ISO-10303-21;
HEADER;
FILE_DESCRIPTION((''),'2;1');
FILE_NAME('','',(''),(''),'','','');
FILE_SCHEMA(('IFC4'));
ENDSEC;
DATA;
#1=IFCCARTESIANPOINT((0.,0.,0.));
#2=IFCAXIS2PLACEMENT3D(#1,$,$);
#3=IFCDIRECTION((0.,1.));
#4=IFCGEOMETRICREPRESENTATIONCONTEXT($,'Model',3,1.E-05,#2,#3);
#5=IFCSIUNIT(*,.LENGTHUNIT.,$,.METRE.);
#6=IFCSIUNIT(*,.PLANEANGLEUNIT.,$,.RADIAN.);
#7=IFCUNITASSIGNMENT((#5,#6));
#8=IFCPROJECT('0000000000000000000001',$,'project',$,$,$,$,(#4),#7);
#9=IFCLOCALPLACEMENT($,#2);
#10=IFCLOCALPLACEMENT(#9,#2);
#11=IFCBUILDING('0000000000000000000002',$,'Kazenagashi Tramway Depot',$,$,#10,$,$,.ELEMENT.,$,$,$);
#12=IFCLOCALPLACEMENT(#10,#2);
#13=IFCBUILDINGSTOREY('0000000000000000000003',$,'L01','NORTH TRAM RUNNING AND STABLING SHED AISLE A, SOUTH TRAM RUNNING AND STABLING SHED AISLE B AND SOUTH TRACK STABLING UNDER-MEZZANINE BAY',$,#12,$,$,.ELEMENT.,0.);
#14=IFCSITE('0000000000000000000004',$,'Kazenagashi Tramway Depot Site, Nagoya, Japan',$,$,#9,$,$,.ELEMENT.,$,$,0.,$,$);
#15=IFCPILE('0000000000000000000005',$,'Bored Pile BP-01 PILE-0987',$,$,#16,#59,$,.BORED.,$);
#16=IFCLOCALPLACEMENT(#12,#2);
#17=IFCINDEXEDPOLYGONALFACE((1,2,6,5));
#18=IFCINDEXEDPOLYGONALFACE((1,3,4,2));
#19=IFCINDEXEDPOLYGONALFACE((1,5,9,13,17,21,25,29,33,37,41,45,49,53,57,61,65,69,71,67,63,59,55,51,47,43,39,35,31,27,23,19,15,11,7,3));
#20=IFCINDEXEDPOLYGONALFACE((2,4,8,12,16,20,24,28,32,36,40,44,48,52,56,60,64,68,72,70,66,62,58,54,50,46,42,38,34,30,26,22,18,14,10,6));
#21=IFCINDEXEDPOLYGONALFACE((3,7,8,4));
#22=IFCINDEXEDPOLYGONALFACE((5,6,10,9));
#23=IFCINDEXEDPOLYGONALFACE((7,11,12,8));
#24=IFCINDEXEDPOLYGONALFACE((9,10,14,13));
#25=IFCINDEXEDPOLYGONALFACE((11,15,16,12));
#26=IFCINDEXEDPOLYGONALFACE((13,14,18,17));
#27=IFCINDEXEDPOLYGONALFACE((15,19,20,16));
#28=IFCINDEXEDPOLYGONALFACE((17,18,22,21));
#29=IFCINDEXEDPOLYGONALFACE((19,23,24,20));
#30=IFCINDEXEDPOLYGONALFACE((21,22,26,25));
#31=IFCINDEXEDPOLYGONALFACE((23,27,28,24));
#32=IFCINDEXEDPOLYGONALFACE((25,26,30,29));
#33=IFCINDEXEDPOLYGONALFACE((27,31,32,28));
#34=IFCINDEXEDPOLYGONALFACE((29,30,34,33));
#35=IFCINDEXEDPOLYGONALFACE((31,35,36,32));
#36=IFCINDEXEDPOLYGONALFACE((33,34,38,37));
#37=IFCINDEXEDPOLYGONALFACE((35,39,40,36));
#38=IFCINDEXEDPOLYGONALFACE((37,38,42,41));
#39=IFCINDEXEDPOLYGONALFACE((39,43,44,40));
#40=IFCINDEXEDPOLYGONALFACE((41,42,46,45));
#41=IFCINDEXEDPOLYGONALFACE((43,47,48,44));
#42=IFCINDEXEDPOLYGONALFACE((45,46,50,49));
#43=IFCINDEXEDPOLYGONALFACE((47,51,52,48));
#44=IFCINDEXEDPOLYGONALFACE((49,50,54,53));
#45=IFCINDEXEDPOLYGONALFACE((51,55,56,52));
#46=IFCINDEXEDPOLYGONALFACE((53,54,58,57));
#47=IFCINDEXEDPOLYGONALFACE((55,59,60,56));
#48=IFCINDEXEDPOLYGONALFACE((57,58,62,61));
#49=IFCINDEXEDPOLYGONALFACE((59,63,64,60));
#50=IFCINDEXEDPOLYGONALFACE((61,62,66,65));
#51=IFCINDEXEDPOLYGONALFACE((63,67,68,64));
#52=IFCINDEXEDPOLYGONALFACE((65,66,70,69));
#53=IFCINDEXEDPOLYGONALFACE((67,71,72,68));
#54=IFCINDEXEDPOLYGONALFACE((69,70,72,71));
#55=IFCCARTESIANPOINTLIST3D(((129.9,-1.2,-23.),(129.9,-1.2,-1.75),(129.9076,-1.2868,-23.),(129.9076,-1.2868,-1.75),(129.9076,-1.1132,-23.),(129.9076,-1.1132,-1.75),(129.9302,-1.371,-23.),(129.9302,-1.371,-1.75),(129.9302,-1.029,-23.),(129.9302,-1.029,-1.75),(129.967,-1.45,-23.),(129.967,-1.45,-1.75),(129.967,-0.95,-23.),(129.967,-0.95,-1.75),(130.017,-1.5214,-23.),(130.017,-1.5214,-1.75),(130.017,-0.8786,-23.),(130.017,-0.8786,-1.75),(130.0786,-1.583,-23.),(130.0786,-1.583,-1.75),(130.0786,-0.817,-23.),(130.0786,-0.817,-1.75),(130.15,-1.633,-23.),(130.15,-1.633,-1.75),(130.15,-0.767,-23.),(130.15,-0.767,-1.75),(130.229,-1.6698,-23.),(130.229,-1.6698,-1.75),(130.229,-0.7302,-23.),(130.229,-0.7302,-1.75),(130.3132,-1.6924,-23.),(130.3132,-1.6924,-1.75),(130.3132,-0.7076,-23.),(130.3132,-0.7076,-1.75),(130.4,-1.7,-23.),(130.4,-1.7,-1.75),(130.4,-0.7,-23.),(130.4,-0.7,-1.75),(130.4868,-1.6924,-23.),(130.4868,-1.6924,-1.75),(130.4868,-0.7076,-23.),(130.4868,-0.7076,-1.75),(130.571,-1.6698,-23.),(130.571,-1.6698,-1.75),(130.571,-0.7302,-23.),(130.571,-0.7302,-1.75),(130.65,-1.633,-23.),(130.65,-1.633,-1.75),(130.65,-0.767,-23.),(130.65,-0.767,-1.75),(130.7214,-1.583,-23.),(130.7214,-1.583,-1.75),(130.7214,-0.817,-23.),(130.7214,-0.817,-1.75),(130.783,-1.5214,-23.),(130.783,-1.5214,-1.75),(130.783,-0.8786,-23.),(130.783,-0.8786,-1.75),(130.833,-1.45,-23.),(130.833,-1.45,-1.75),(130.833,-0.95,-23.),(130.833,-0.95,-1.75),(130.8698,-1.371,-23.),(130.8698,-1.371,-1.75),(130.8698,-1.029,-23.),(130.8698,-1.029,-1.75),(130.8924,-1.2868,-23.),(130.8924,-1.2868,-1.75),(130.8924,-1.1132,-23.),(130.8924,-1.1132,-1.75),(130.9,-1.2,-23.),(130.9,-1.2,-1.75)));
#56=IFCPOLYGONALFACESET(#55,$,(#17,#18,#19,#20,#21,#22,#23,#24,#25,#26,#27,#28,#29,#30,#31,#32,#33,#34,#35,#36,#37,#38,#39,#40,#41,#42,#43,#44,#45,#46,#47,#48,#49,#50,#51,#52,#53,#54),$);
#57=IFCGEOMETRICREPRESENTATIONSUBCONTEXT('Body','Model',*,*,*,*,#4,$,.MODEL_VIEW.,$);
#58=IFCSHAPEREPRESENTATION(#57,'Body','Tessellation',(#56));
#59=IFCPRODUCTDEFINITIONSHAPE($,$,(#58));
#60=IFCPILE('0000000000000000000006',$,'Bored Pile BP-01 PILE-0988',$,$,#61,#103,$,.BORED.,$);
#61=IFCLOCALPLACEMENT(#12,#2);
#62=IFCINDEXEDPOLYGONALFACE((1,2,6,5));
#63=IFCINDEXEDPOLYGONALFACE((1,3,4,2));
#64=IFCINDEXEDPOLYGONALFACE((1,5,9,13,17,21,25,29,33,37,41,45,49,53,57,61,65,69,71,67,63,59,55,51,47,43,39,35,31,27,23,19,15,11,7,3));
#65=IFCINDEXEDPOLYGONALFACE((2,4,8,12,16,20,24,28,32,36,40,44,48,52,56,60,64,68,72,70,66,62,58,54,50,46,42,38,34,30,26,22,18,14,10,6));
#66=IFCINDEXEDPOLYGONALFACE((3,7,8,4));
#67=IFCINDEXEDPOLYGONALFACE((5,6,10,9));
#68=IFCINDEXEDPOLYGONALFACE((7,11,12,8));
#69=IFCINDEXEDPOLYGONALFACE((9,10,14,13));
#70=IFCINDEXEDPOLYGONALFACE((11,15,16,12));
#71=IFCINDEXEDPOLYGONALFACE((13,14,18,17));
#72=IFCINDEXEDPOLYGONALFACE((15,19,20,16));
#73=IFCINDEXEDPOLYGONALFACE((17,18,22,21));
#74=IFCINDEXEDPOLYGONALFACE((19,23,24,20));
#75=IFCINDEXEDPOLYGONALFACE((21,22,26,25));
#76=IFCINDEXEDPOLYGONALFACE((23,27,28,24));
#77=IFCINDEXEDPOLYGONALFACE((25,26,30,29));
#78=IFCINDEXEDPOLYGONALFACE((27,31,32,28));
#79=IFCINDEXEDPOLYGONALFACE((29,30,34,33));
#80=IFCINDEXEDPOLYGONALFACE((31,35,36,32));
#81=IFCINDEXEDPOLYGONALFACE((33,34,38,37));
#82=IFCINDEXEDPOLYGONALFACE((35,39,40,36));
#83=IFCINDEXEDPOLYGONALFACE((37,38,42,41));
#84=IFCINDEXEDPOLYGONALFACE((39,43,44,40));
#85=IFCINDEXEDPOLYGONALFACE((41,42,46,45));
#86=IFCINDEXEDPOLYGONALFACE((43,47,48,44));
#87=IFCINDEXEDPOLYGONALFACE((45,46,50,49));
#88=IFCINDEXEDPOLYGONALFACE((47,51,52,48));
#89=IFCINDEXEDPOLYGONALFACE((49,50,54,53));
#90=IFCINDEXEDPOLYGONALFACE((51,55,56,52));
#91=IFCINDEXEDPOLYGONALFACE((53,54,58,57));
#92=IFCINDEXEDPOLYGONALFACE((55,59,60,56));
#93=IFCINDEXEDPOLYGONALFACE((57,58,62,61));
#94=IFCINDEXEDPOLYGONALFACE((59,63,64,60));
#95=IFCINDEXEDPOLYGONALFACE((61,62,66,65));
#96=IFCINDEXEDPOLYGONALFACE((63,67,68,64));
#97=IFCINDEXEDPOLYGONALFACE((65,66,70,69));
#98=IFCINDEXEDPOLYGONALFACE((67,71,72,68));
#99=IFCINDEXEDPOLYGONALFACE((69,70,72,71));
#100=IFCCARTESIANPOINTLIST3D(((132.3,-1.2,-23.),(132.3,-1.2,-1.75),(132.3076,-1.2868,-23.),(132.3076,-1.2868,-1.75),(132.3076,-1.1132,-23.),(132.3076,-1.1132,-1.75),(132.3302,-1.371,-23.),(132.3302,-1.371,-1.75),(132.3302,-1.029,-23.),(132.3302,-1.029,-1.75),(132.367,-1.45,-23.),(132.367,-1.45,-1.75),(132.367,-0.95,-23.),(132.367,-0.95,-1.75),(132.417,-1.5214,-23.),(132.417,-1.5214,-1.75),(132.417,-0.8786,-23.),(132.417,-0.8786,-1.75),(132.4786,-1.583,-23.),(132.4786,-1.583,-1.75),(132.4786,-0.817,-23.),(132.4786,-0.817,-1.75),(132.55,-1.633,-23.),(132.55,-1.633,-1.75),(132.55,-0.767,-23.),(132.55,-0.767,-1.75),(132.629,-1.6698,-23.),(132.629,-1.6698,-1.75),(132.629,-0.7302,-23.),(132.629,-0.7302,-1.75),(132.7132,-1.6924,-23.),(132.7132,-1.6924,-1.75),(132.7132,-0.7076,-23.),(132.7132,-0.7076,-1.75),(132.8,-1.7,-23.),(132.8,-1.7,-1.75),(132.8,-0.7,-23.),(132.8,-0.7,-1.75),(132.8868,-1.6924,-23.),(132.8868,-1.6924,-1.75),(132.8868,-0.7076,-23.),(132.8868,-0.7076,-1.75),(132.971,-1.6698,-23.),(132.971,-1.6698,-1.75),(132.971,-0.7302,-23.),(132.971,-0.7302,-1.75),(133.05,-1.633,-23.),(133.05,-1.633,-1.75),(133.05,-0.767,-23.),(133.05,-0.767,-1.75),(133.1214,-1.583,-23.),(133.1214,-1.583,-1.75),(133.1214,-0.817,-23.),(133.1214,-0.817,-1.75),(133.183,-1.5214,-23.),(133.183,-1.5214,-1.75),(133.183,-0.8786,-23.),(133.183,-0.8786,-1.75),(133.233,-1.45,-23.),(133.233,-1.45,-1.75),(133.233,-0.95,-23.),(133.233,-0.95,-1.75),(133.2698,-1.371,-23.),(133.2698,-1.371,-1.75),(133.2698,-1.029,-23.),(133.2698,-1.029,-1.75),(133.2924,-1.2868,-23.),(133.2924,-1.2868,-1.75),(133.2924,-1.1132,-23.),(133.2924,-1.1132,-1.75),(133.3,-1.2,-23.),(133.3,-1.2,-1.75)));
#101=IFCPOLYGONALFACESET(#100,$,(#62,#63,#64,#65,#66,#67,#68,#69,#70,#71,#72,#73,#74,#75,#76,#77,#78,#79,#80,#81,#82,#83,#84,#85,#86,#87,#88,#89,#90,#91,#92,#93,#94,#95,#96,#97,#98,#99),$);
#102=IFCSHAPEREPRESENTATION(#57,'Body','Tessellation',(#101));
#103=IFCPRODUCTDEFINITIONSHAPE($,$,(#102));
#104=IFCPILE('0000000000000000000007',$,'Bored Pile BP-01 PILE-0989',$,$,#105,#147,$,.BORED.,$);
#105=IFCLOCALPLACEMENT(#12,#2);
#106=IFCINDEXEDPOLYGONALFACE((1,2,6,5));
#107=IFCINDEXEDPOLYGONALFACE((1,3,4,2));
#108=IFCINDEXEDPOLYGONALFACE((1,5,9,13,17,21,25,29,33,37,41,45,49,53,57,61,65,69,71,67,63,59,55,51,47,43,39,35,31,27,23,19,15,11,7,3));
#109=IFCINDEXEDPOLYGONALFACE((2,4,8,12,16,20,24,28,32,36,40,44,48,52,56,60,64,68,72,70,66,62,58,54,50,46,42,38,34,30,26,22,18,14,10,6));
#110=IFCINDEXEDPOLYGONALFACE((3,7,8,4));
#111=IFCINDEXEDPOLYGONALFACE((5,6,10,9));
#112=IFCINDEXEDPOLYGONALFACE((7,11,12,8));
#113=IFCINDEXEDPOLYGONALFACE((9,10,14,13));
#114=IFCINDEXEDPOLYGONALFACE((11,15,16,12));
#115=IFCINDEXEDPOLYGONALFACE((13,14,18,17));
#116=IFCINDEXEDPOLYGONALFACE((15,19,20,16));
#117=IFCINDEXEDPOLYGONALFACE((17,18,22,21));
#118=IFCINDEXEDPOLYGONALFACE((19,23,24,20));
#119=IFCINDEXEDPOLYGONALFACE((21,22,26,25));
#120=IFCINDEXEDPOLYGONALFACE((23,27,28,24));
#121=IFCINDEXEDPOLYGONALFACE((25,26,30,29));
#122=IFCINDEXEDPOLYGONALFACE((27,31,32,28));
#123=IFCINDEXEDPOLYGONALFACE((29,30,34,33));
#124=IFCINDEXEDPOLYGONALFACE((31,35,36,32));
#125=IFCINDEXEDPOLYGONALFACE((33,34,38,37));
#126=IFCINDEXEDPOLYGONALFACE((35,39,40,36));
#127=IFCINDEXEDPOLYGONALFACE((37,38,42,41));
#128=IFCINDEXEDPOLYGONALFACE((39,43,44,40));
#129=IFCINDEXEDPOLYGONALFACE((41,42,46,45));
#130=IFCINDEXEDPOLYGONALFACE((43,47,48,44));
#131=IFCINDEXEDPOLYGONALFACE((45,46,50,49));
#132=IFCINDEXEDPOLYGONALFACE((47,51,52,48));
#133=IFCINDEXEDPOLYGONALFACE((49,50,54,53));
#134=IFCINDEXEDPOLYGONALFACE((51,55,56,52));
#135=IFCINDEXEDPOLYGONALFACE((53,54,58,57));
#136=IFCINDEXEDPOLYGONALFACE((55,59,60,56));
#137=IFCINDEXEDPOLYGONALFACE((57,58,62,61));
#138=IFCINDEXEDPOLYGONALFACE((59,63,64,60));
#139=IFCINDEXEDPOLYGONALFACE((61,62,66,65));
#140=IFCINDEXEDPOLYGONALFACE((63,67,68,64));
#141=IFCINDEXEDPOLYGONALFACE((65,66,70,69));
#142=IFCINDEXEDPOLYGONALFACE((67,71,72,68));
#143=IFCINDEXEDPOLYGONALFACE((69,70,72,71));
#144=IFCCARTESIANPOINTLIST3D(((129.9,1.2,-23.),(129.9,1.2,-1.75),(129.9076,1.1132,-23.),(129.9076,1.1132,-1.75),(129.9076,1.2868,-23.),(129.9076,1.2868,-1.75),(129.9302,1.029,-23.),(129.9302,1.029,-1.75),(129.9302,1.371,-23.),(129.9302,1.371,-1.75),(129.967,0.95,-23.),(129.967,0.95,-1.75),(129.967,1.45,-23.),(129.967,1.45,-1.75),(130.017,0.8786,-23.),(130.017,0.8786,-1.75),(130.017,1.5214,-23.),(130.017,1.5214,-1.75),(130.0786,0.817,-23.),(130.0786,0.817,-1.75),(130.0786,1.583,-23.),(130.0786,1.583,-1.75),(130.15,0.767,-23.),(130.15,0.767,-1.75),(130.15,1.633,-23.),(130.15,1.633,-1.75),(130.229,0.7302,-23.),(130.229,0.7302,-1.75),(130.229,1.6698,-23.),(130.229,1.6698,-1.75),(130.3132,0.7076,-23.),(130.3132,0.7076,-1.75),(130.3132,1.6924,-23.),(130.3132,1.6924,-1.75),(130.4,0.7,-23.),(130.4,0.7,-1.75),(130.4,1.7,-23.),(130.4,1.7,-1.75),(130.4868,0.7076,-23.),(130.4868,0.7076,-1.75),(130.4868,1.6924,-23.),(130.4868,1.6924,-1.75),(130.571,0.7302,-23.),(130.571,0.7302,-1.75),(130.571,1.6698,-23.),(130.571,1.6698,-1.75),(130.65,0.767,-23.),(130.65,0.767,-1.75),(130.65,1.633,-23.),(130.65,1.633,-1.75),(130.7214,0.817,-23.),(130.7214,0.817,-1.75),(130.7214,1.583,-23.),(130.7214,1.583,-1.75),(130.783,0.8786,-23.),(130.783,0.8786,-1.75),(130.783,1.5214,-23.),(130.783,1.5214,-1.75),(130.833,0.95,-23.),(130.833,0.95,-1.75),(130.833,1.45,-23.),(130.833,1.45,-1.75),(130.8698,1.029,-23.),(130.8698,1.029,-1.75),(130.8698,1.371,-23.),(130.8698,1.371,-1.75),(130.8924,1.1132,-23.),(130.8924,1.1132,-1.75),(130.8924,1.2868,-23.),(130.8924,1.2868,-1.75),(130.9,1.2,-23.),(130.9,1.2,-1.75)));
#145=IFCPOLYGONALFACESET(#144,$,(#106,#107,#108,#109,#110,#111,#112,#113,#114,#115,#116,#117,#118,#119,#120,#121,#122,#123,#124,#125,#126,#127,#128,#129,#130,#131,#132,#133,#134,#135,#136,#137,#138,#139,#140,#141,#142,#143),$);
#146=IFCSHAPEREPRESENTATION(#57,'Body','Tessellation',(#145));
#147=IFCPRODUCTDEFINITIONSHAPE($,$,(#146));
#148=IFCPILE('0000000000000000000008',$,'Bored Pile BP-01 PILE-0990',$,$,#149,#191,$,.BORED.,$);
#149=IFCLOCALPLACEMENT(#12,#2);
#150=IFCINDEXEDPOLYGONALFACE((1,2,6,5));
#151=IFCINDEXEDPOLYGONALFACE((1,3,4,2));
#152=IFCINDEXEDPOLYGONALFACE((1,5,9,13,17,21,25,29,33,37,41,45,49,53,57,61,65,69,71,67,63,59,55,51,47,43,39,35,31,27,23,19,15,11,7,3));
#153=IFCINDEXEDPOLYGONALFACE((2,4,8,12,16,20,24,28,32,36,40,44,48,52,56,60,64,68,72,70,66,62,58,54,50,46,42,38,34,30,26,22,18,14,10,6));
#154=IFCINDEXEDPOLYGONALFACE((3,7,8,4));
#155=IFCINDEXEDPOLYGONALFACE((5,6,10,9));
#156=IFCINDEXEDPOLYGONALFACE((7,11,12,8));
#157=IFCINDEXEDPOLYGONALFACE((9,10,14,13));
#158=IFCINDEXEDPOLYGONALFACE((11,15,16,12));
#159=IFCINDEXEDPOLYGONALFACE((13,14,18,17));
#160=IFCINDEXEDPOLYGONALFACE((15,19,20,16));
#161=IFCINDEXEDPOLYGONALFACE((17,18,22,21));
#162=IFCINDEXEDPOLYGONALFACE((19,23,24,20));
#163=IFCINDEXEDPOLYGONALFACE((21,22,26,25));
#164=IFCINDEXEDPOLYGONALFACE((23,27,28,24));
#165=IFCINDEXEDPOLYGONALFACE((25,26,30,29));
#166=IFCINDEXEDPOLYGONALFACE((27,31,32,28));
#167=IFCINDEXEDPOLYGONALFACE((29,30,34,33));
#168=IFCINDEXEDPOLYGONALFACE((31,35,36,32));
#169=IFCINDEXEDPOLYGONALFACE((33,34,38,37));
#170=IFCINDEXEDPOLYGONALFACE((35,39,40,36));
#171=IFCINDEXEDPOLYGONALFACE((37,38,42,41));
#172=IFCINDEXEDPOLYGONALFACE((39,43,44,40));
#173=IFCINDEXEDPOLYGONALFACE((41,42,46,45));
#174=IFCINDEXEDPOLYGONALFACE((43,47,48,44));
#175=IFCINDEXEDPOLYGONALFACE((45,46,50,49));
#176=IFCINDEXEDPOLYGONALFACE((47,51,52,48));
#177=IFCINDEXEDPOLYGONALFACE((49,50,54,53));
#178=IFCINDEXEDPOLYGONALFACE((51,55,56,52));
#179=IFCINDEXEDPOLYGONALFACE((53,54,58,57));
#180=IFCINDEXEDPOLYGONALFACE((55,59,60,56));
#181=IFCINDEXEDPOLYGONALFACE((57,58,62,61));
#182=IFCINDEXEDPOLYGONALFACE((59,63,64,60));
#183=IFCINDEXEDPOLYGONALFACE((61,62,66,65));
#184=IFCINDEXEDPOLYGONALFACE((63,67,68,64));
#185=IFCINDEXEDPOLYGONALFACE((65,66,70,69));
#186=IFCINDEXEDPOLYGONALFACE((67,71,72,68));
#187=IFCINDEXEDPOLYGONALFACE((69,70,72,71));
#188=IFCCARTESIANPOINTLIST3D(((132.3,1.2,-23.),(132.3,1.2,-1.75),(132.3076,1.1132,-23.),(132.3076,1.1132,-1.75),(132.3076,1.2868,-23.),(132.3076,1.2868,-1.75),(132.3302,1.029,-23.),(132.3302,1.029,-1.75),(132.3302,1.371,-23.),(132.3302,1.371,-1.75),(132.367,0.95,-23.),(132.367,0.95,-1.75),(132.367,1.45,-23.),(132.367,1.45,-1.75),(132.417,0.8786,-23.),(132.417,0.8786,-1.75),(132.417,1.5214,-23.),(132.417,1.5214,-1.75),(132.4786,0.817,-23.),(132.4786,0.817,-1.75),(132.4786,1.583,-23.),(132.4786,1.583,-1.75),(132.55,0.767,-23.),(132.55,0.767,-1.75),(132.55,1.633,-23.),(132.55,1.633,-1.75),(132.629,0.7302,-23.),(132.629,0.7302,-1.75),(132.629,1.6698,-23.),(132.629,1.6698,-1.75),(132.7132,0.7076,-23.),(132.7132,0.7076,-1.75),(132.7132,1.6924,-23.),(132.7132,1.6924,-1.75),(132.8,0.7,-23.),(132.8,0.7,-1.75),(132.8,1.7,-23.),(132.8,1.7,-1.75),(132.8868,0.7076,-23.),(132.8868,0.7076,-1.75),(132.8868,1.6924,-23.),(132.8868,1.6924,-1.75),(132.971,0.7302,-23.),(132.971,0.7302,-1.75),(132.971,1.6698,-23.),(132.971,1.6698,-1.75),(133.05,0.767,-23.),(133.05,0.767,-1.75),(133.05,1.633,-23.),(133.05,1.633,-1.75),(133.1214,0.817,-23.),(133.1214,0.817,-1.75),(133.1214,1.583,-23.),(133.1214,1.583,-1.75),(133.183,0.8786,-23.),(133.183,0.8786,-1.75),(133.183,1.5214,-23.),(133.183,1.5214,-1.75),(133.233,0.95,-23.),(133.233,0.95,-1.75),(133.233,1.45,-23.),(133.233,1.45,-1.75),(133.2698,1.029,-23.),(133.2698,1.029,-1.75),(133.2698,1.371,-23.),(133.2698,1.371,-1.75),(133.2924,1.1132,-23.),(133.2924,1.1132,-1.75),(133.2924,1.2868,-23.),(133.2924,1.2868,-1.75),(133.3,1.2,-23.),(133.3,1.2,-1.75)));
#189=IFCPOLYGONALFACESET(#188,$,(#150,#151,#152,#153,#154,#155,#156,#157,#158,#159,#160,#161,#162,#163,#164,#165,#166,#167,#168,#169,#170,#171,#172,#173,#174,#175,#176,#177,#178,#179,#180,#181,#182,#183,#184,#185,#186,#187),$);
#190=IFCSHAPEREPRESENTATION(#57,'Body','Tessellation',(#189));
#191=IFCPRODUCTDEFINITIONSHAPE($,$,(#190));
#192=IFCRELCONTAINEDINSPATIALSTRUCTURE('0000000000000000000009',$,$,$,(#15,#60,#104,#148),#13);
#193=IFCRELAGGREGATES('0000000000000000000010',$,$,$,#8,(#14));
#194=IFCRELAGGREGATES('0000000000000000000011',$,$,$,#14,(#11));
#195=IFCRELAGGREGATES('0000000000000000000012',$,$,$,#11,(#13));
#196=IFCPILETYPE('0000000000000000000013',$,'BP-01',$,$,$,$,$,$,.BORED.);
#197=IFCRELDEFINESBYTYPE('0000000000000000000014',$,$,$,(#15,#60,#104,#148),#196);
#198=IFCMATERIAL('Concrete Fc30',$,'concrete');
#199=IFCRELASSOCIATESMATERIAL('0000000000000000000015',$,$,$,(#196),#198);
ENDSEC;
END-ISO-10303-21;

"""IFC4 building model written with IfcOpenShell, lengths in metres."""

from ifc_helpers import new_model, si_unit, direction, frame, origin, origin_2d, place, context, subcontext, project, spatial, circle, extrude, material, material_profile, profile_set, type_object, element, save


model = new_model("IFC4")

# Units and contexts
model_context = context("Model", 3, precision=1e-05, world=origin(), true_north=direction((0.0, 1.0)))
body_context = subcontext(model_context, "Body", "Model", "MODEL_VIEW")
ifc_project = project(units=[si_unit("LENGTHUNIT", "METRE"), si_unit("PLANEANGLEUNIT", "RADIAN")], contexts=[model_context])

# Site, building, storey
site_placement = place(None, origin())
site = spatial("IfcSite", under=ifc_project, at=site_placement, Name="Kazenagashi Tramway Depot Site, Nagoya, Japan", CompositionType="ELEMENT", RefElevation=0.0)
building_placement = place(site_placement, origin())
building = spatial("IfcBuilding", under=site, at=building_placement, Name="Kazenagashi Tramway Depot", CompositionType="ELEMENT")
storey_placement = place(building_placement, origin())
storey = spatial("IfcBuildingStorey", under=building, at=storey_placement, Name="L01", Description="NORTH TRAM RUNNING AND STABLING SHED AISLE A, SOUTH TRAM RUNNING AND STABLING SHED AISLE B AND SOUTH TRACK STABLING UNDER-MEZZANINE BAY", CompositionType="ELEMENT", Elevation=0.0)

# Piles
ifc_material_1 = material(Name="Concrete Fc30", Category="concrete")
ifc_material_profile_1 = material_profile(ifc_material_1, circle(Radius=0.5, at=origin_2d()), Name="PILE-1000")
ifc_profile_set_1 = profile_set([ifc_material_profile_1], Name="Concrete Fc30")
pile_type = type_object("IfcPileType", Name="BP-01", PredefinedType="BORED", material=ifc_profile_set_1)
for number, where, z_axis, x_axis, name in (
    (1, (130.4, -1.2, -1.75), (0.0, 0.0, -1.0), (1.0, 0.0, 0.0), "Bored Pile BP-01 PILE-0987"),
    (2, (132.8, -1.2, -1.75), (0.0, 0.0, -1.0), (1.0, 0.0, 0.0), "Bored Pile BP-01 PILE-0988"),
    (3, (130.4, 1.2, -1.75), (0.0, 0.0, -1.0), (1.0, 0.0, 0.0), "Bored Pile BP-01 PILE-0989"),
    (4, (132.8, 1.2, -1.75), (0.0, 0.0, -1.0), (1.0, 0.0, 0.0), "Bored Pile BP-01 PILE-0990"),
):
    element("IfcPile", number, at=place(storey_placement, frame(where, z_axis=z_axis, x_axis=x_axis)), inside=storey, type_object=pile_type, Name=name, PredefinedType="BORED", context=body_context, shape_type="SweptSolid", body=[
        extrude(circle(Radius=0.5, at=origin_2d()), origin(), (0.0, 0.0, 1.0), 21.25),
    ])

save(model, "model.ifc")
